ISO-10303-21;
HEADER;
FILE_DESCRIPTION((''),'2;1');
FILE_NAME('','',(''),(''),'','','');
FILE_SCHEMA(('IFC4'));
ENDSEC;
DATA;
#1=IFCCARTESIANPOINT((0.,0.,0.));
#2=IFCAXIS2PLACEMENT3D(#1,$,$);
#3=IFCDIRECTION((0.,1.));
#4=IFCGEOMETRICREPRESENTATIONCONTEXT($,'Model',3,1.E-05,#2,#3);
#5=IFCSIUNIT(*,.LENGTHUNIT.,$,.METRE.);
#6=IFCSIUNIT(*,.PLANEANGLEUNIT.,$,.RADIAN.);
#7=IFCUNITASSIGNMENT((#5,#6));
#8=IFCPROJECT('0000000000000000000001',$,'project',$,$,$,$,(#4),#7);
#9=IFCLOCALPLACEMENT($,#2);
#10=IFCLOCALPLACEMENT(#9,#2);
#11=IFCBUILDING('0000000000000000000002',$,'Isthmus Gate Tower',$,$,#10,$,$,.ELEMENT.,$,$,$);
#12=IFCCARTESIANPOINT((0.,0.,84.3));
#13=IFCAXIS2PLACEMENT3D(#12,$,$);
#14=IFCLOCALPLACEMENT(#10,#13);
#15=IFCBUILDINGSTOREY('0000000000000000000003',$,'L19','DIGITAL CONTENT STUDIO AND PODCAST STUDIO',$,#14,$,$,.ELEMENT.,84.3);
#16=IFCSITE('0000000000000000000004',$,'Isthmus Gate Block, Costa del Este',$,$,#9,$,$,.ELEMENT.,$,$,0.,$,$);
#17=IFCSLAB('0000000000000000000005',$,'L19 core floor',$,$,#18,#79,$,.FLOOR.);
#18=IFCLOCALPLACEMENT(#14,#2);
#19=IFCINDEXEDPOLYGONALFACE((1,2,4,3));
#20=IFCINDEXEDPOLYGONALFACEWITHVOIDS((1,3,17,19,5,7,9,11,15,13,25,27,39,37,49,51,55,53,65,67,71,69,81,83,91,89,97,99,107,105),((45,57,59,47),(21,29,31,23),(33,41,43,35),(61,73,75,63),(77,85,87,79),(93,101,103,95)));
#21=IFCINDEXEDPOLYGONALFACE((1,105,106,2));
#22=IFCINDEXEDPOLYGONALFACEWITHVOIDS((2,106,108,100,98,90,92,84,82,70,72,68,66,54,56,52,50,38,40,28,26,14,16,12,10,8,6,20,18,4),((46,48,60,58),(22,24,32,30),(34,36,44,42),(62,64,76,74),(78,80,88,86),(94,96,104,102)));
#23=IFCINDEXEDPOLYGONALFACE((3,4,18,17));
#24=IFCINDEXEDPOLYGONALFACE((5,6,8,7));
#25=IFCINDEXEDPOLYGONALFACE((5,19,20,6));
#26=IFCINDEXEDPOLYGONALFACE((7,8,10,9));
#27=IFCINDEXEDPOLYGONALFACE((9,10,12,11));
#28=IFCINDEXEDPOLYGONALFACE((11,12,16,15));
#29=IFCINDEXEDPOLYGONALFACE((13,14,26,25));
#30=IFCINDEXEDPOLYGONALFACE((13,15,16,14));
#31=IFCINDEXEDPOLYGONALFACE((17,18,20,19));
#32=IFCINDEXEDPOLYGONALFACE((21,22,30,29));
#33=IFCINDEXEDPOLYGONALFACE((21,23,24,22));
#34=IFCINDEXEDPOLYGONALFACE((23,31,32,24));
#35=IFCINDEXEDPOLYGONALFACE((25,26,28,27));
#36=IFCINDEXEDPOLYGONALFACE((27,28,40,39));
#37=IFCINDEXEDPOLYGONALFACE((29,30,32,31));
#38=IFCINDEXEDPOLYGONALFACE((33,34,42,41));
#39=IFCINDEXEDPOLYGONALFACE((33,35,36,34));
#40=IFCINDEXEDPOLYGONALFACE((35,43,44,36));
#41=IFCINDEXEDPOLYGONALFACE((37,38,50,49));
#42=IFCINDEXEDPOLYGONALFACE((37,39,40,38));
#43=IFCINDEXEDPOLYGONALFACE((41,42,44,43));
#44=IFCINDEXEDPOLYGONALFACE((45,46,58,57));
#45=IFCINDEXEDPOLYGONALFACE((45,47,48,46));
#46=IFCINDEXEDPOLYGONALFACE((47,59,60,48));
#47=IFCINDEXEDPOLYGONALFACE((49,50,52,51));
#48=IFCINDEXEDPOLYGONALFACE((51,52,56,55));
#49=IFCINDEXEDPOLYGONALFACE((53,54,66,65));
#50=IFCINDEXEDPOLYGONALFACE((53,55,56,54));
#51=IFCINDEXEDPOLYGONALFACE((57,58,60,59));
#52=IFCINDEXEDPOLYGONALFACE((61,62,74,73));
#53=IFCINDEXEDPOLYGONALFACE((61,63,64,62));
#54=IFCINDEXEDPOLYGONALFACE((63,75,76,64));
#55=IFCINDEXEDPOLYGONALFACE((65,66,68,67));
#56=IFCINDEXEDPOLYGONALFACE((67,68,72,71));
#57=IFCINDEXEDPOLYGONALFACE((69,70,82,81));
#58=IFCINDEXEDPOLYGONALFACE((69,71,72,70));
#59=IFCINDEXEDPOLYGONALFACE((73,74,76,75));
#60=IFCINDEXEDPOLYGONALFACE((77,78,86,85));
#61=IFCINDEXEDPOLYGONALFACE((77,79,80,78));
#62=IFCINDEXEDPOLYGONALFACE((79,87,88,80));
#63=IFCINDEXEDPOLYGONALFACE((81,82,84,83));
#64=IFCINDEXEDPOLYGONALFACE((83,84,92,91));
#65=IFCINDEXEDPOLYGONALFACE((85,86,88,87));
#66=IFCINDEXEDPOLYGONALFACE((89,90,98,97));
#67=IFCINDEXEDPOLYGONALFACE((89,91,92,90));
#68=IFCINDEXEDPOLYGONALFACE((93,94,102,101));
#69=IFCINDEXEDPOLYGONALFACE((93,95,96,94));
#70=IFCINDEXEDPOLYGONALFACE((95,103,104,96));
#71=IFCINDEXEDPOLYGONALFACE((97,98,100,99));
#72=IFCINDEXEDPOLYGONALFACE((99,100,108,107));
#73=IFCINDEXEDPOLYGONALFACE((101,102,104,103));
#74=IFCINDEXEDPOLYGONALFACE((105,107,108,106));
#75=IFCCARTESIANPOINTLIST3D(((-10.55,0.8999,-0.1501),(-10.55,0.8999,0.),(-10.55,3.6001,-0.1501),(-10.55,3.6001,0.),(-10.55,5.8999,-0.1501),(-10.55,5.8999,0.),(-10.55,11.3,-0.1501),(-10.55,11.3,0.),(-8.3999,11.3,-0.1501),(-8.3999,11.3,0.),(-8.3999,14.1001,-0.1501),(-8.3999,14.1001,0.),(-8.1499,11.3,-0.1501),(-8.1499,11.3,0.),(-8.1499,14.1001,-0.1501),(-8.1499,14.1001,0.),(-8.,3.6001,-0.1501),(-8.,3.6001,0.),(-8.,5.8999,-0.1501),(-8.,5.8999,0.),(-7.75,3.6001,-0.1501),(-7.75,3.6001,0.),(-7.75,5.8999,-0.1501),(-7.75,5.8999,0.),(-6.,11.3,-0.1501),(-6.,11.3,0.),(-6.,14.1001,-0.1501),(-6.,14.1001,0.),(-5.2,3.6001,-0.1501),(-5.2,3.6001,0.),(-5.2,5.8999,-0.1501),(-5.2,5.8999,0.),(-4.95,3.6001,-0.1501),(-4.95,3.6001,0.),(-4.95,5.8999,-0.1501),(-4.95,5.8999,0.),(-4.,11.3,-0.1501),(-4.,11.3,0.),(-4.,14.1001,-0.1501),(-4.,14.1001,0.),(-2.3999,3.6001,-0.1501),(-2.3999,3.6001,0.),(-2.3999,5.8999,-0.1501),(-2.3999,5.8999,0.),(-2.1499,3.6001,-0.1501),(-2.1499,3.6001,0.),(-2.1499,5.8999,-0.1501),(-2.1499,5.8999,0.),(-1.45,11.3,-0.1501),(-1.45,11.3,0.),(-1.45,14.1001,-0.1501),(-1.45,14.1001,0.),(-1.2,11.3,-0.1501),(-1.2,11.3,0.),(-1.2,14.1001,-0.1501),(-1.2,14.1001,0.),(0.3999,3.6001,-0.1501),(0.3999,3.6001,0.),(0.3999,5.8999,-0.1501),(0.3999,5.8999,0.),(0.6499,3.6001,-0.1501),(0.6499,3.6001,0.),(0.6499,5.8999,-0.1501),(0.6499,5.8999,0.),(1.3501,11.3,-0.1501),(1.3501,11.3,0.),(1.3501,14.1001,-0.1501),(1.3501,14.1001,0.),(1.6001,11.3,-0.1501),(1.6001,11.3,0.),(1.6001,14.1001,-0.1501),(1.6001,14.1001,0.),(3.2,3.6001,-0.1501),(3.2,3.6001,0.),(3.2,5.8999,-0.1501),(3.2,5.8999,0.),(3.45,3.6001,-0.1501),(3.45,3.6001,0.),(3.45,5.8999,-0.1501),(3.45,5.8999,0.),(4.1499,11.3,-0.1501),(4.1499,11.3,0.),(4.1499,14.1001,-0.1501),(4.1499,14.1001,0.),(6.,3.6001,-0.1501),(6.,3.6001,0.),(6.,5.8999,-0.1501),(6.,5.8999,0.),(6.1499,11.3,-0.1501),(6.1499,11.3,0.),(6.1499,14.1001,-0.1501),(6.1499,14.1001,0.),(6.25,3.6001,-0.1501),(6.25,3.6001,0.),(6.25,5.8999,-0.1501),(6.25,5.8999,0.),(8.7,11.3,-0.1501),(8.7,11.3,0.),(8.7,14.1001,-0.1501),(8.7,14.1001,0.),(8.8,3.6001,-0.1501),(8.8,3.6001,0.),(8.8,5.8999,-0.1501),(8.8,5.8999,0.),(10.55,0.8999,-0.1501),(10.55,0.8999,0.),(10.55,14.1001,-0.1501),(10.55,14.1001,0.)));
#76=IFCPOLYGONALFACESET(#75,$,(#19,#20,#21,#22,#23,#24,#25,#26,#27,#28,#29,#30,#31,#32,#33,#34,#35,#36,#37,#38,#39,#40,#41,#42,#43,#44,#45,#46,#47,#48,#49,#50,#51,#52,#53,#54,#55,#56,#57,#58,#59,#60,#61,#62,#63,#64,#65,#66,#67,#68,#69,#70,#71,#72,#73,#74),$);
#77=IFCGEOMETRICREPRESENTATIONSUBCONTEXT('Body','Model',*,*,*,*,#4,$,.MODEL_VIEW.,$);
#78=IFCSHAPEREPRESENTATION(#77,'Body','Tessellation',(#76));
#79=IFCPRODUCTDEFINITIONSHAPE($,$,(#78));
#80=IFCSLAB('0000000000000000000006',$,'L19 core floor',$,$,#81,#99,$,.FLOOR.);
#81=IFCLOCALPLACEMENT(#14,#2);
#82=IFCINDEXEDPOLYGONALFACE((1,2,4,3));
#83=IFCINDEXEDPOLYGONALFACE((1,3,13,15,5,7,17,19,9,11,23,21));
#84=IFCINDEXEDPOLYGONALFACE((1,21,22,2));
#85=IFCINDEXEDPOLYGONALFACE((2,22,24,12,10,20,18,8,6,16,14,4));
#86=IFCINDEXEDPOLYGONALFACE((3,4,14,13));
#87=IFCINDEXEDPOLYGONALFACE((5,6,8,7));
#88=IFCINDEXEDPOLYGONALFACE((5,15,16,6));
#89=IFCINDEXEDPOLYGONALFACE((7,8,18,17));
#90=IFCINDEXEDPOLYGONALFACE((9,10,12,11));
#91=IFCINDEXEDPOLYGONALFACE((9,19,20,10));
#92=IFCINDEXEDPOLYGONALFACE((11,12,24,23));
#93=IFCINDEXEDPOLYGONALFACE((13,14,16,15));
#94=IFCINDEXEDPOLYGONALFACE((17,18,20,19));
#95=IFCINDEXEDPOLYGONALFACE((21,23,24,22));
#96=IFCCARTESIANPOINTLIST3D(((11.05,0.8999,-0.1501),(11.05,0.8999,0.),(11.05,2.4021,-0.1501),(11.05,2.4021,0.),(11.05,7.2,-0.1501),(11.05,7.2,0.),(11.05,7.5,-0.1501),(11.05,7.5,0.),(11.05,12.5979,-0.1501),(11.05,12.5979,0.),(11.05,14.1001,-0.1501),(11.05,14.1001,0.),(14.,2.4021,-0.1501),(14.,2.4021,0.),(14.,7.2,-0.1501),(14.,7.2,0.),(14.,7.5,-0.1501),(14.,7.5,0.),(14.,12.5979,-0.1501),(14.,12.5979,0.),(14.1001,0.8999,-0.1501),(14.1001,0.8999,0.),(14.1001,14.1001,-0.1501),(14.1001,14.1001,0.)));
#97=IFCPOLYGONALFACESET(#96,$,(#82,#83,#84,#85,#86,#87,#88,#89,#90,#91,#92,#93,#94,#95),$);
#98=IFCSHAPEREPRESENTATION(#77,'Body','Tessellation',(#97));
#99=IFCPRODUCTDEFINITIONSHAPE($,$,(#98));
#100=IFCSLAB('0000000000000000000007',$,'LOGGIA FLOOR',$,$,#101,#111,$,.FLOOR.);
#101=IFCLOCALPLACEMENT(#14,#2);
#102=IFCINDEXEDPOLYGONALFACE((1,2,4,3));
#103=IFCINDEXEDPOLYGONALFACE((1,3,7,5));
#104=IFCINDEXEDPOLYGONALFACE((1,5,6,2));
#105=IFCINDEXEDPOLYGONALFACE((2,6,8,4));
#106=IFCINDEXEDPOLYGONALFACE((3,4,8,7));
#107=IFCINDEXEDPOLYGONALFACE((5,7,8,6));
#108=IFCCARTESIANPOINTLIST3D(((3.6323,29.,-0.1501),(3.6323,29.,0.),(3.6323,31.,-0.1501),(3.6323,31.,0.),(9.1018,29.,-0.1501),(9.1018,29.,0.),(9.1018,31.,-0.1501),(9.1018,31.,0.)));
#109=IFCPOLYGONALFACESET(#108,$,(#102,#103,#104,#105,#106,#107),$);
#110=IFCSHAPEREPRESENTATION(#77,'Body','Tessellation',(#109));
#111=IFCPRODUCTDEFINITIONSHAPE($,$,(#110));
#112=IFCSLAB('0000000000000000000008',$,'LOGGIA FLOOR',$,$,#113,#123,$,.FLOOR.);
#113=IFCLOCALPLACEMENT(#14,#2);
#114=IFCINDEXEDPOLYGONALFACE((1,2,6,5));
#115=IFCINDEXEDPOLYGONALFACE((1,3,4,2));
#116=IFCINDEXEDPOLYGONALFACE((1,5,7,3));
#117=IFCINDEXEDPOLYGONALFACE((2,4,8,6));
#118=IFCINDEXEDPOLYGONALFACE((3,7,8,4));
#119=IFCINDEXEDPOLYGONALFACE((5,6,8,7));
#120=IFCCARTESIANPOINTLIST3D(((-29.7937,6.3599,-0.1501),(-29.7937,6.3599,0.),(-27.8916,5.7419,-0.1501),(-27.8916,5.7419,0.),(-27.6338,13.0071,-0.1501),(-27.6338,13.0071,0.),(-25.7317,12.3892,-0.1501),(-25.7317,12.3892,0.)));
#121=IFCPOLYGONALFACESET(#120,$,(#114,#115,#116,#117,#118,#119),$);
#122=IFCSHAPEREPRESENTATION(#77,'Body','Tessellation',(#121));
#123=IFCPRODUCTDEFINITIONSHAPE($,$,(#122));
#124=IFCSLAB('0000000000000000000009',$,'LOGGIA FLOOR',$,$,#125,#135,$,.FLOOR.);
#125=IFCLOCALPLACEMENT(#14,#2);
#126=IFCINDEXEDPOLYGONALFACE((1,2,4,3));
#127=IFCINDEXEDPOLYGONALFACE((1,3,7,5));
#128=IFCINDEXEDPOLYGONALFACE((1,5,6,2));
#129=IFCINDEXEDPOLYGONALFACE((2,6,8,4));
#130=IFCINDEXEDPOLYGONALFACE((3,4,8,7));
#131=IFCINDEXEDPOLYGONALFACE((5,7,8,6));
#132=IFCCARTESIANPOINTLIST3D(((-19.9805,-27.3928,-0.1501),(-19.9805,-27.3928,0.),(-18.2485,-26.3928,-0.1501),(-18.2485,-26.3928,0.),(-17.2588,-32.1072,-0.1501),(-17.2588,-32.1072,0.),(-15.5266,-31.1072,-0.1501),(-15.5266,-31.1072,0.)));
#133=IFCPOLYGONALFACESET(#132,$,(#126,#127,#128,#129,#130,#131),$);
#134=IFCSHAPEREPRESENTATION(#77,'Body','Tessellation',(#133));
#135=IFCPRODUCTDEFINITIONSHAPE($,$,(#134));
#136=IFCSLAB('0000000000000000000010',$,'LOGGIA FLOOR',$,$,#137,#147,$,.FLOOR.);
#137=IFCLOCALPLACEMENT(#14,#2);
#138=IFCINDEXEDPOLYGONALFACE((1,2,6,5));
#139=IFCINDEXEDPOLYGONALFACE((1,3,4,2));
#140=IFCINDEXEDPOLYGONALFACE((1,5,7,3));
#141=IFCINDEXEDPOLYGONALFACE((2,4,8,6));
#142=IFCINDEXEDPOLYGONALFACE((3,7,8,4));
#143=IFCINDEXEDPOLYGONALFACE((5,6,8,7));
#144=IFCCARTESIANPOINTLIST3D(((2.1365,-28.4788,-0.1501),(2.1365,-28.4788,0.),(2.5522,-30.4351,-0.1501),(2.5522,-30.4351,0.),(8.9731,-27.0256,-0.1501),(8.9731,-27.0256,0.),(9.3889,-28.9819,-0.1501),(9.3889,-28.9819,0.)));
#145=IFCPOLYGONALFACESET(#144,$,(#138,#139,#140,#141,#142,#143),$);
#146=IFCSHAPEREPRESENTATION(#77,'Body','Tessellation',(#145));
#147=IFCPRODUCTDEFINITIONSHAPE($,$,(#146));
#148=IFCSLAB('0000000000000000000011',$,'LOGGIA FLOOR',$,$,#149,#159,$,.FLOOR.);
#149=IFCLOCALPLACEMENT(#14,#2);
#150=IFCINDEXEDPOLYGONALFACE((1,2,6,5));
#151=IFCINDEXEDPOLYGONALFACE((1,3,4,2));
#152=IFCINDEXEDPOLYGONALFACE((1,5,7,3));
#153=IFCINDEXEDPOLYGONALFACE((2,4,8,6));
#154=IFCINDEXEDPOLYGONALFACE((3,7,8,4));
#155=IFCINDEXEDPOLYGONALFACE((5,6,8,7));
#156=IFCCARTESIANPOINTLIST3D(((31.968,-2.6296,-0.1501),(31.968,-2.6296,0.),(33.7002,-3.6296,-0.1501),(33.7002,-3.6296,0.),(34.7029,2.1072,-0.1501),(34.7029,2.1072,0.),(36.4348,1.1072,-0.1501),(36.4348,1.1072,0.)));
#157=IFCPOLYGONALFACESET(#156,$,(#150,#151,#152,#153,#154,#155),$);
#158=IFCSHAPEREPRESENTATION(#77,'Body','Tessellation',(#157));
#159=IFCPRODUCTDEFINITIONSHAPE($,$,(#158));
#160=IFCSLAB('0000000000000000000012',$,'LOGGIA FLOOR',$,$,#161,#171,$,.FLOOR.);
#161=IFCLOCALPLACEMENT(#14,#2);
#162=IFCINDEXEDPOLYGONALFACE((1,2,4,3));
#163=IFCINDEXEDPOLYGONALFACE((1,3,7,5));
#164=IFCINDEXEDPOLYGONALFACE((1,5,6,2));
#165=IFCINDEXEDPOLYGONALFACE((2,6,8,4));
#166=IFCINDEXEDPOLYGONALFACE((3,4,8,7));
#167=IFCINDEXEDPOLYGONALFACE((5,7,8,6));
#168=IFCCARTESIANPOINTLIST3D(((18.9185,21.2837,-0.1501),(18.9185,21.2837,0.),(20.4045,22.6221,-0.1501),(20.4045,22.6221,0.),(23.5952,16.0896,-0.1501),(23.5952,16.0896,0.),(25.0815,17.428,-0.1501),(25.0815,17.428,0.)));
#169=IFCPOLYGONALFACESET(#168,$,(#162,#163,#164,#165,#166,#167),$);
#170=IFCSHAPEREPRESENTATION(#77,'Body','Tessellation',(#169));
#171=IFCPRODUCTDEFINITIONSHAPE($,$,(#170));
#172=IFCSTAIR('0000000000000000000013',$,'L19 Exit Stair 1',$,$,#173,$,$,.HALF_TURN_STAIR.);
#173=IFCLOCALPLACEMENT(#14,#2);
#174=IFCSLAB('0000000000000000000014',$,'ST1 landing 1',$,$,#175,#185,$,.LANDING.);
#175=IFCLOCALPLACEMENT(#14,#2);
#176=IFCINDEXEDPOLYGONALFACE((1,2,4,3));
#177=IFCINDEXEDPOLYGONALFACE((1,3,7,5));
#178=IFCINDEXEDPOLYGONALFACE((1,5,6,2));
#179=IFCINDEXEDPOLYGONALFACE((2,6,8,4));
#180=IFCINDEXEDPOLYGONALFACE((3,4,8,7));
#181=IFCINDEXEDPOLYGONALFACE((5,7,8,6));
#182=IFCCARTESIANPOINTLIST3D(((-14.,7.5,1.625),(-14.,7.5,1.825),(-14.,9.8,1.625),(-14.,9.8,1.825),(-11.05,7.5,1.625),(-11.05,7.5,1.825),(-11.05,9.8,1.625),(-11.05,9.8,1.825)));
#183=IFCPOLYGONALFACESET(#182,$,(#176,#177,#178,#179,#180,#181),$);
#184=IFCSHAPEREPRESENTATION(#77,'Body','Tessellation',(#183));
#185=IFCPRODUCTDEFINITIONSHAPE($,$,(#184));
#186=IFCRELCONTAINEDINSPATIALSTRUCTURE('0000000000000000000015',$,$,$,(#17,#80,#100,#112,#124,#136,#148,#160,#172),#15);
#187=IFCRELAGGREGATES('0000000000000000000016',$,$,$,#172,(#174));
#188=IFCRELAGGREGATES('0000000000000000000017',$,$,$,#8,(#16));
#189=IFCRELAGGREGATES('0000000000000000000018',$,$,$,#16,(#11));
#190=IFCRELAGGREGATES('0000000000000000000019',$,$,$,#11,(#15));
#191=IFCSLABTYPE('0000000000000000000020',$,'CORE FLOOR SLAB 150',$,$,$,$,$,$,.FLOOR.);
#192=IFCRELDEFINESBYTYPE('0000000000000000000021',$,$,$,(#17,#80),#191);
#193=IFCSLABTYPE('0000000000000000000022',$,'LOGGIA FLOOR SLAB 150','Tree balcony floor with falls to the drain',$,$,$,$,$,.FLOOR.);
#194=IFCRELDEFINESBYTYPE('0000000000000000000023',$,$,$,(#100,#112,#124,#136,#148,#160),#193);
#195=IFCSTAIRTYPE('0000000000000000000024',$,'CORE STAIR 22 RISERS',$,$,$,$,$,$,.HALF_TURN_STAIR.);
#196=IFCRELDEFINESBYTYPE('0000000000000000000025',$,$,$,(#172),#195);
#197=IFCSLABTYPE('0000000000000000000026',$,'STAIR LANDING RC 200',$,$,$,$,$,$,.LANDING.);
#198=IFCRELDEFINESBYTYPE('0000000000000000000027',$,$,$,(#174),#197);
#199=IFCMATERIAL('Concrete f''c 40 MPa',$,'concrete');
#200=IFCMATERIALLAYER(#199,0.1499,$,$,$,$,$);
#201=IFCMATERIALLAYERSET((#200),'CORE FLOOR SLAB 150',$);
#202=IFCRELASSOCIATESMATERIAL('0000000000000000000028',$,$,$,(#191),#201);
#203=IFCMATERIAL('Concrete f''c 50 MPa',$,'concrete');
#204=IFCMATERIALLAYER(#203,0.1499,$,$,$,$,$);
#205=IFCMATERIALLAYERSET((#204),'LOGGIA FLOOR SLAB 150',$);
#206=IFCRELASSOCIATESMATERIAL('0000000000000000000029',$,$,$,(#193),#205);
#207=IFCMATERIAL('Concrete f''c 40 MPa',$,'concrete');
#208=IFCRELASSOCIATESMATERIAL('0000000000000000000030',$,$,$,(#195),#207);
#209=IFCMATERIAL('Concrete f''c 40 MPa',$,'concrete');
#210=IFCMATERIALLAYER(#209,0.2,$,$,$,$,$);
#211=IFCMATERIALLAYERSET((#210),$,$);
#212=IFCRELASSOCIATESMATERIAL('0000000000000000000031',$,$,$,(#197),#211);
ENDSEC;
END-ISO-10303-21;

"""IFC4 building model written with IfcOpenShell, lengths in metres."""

from ifc_helpers import new_model, si_unit, direction, frame, origin, place, context, subcontext, project, spatial, polyline, outline, extrude, material, layer, layer_set, type_object, element, aggregate, save


model = new_model("IFC4")

# Units and contexts
model_context = context("Model", 3, precision=1e-05, world=origin(), true_north=direction((0.0, 1.0)))
body_context = subcontext(model_context, "Body", "Model", "MODEL_VIEW")
ifc_project = project(units=[si_unit("LENGTHUNIT", "METRE"), si_unit("PLANEANGLEUNIT", "RADIAN")], contexts=[model_context])

# Site, building, storey
site_placement = place(None, origin())
site = spatial("IfcSite", under=ifc_project, at=site_placement, Name="Isthmus Gate Block, Costa del Este", CompositionType="ELEMENT", RefElevation=0.0)
building_placement = place(site_placement, origin())
building = spatial("IfcBuilding", under=site, at=building_placement, Name="Isthmus Gate Tower", CompositionType="ELEMENT")
storey_placement = place(building_placement, frame((0.0, 0.0, 84.3)))
storey = spatial("IfcBuildingStorey", under=building, at=storey_placement, Name="L19", Description="DIGITAL CONTENT STUDIO AND PODCAST STUDIO", CompositionType="ELEMENT", Elevation=84.3)

# Slabs
ifc_material_1 = material(Name="Concrete f'c 40 MPa", Category="concrete")
ifc_layer_1 = layer(ifc_material_1, 0.1499)
ifc_layer_set_1 = layer_set([ifc_layer_1], Name="CORE FLOOR SLAB 150")
slab_type_1 = type_object("IfcSlabType", Name="CORE FLOOR SLAB 150", PredefinedType="FLOOR", material=ifc_layer_set_1)
slab_1_placement = place(storey_placement, frame((0.0, 0.0, -0.1501)))
element("IfcSlab", 1, at=slab_1_placement, inside=storey, type_object=slab_type_1, Name="L19 core floor", PredefinedType="FLOOR", context=body_context, shape_type="SweptSolid", body=[
    extrude(outline(polyline([(10.55, 14.1001), (8.7, 14.1001), (8.7, 11.3), (6.1499, 11.3), (6.1499, 14.1001), (4.1499, 14.1001), (4.1499, 11.3), (1.6001, 11.3), (1.6001, 14.1001), (1.3501, 14.1001), (1.3501, 11.3), (-1.2, 11.3), (-1.2, 14.1001), (-1.45, 14.1001), (-1.45, 11.3), (-4.0, 11.3), (-4.0, 14.1001), (-6.0, 14.1001), (-6.0, 11.3), (-8.1499, 11.3), (-8.1499, 14.1001), (-8.3999, 14.1001), (-8.3999, 11.3), (-10.55, 11.3), (-10.55, 5.8999), (-8.0, 5.8999), (-8.0, 3.6001), (-10.55, 3.6001), (-10.55, 0.8999), (10.55, 0.8999), (10.55, 14.1001)]), holes=[polyline([(-5.2, 5.8999), (-5.2, 3.6001), (-7.75, 3.6001), (-7.75, 5.8999), (-5.2, 5.8999)]), polyline([(-2.3999, 5.8999), (-2.3999, 3.6001), (-4.95, 3.6001), (-4.95, 5.8999), (-2.3999, 5.8999)]), polyline([(0.3999, 5.8999), (0.3999, 3.6001), (-2.1499, 3.6001), (-2.1499, 5.8999), (0.3999, 5.8999)]), polyline([(3.2, 5.8999), (3.2, 3.6001), (0.6499, 3.6001), (0.6499, 5.8999), (3.2, 5.8999)]), polyline([(6.0, 5.8999), (6.0, 3.6001), (3.45, 3.6001), (3.45, 5.8999), (6.0, 5.8999)]), polyline([(8.8, 5.8999), (8.8, 3.6001), (6.25, 3.6001), (6.25, 5.8999), (8.8, 5.8999)])]), origin(), (0.0, 0.0, 1.0), 0.1501),
])
slab_2_placement = place(storey_placement, frame((0.0, 0.0, -0.1501)))
element("IfcSlab", 2, at=slab_2_placement, inside=storey, type_object=slab_type_1, Name="L19 core floor", PredefinedType="FLOOR", context=body_context, shape_type="SweptSolid", body=[
    extrude(outline(polyline([(11.05, 14.1001), (11.05, 12.5979), (14.0, 12.5979), (14.0, 7.5), (11.05, 7.5), (11.05, 7.2), (14.0, 7.2), (14.0, 2.4021), (11.05, 2.4021), (11.05, 0.8999), (14.1001, 0.8999), (14.1001, 14.1001), (11.05, 14.1001)])), origin(), (0.0, 0.0, 1.0), 0.1501),
])
ifc_material_2 = material(Name="Concrete f'c 50 MPa", Category="concrete")
ifc_layer_2 = layer(ifc_material_2, 0.1499)
ifc_layer_set_2 = layer_set([ifc_layer_2], Name="LOGGIA FLOOR SLAB 150")
slab_type_2 = type_object("IfcSlabType", Name="LOGGIA FLOOR SLAB 150", Description="Tree balcony floor with falls to the drain", PredefinedType="FLOOR", material=ifc_layer_set_2)
slab_3_placement = place(storey_placement, frame((0.0, 0.0, -0.1501)))
element("IfcSlab", 3, at=slab_3_placement, inside=storey, type_object=slab_type_2, Name="LOGGIA FLOOR", PredefinedType="FLOOR", context=body_context, shape_type="SweptSolid", body=[
    extrude(outline(polyline([(9.1018, 31.0), (3.6323, 31.0), (3.6323, 29.0), (9.1018, 29.0), (9.1018, 31.0)])), origin(), (0.0, 0.0, 1.0), 0.1501),
])
slab_4_placement = place(storey_placement, frame((0.0, 0.0, -0.1501)))
element("IfcSlab", 4, at=slab_4_placement, inside=storey, type_object=slab_type_2, Name="LOGGIA FLOOR", PredefinedType="FLOOR", context=body_context, shape_type="SweptSolid", body=[
    extrude(outline(polyline([(-27.6338, 13.0071), (-29.7937, 6.3599), (-27.8916, 5.7419), (-25.7317, 12.3892), (-27.6338, 13.0071)])), origin(), (0.0, 0.0, 1.0), 0.1501),
])
slab_5_placement = place(storey_placement, frame((0.0, 0.0, -0.1501)))
element("IfcSlab", 5, at=slab_5_placement, inside=storey, type_object=slab_type_2, Name="LOGGIA FLOOR", PredefinedType="FLOOR", context=body_context, shape_type="SweptSolid", body=[
    extrude(outline(polyline([(-19.9805, -27.3928), (-17.2588, -32.1072), (-15.5266, -31.1072), (-18.2485, -26.3928), (-19.9805, -27.3928)])), origin(), (0.0, 0.0, 1.0), 0.1501),
])
slab_6_placement = place(storey_placement, frame((0.0, 0.0, -0.1501)))
element("IfcSlab", 6, at=slab_6_placement, inside=storey, type_object=slab_type_2, Name="LOGGIA FLOOR", PredefinedType="FLOOR", context=body_context, shape_type="SweptSolid", body=[
    extrude(outline(polyline([(2.5522, -30.4351), (9.3889, -28.9819), (8.9731, -27.0256), (2.1365, -28.4788), (2.5522, -30.4351)])), origin(), (0.0, 0.0, 1.0), 0.1501),
])
slab_7_placement = place(storey_placement, frame((0.0, 0.0, -0.1501)))
element("IfcSlab", 7, at=slab_7_placement, inside=storey, type_object=slab_type_2, Name="LOGGIA FLOOR", PredefinedType="FLOOR", context=body_context, shape_type="SweptSolid", body=[
    extrude(outline(polyline([(33.7002, -3.6296), (36.4348, 1.1072), (34.7029, 2.1072), (31.968, -2.6296), (33.7002, -3.6296)])), origin(), (0.0, 0.0, 1.0), 0.1501),
])
slab_8_placement = place(storey_placement, frame((0.0, 0.0, -0.1501)))
element("IfcSlab", 8, at=slab_8_placement, inside=storey, type_object=slab_type_2, Name="LOGGIA FLOOR", PredefinedType="FLOOR", context=body_context, shape_type="SweptSolid", body=[
    extrude(outline(polyline([(25.0815, 17.428), (20.4045, 22.6221), (18.9185, 21.2837), (23.5952, 16.0896), (25.0815, 17.428)])), origin(), (0.0, 0.0, 1.0), 0.1501),
])

# Stair, slab
ifc_material_3 = material(Name="Concrete f'c 40 MPa", Category="concrete")
stair_type = type_object("IfcStairType", Name="CORE STAIR 22 RISERS", PredefinedType="HALF_TURN_STAIR", material=ifc_material_3)
stair_1_placement = place(storey_placement, origin())
stair_1 = element("IfcStair", 9, at=stair_1_placement, inside=storey, type_object=stair_type, Name="L19 Exit Stair 1", PredefinedType="HALF_TURN_STAIR")
ifc_material_4 = material(Name="Concrete f'c 40 MPa", Category="concrete")
ifc_layer_3 = layer(ifc_material_4, 0.2)
ifc_layer_set_3 = layer_set([ifc_layer_3])
slab_type_3 = type_object("IfcSlabType", Name="STAIR LANDING RC 200", PredefinedType="LANDING", material=ifc_layer_set_3)
slab_9_placement = place(storey_placement, frame((0.0, 0.0, 1.625)))
slab_9 = element("IfcSlab", 10, at=slab_9_placement, type_object=slab_type_3, Name="ST1 landing 1", PredefinedType="LANDING", context=body_context, shape_type="SweptSolid", body=[
    extrude(outline(polyline([(-14.0, 9.8), (-14.0, 7.5), (-11.05, 7.5), (-11.05, 9.8), (-14.0, 9.8)])), origin(), (0.0, 0.0, 1.0), 0.2),
])
aggregate(stair_1, [slab_9])

save(model, "model.ifc")
